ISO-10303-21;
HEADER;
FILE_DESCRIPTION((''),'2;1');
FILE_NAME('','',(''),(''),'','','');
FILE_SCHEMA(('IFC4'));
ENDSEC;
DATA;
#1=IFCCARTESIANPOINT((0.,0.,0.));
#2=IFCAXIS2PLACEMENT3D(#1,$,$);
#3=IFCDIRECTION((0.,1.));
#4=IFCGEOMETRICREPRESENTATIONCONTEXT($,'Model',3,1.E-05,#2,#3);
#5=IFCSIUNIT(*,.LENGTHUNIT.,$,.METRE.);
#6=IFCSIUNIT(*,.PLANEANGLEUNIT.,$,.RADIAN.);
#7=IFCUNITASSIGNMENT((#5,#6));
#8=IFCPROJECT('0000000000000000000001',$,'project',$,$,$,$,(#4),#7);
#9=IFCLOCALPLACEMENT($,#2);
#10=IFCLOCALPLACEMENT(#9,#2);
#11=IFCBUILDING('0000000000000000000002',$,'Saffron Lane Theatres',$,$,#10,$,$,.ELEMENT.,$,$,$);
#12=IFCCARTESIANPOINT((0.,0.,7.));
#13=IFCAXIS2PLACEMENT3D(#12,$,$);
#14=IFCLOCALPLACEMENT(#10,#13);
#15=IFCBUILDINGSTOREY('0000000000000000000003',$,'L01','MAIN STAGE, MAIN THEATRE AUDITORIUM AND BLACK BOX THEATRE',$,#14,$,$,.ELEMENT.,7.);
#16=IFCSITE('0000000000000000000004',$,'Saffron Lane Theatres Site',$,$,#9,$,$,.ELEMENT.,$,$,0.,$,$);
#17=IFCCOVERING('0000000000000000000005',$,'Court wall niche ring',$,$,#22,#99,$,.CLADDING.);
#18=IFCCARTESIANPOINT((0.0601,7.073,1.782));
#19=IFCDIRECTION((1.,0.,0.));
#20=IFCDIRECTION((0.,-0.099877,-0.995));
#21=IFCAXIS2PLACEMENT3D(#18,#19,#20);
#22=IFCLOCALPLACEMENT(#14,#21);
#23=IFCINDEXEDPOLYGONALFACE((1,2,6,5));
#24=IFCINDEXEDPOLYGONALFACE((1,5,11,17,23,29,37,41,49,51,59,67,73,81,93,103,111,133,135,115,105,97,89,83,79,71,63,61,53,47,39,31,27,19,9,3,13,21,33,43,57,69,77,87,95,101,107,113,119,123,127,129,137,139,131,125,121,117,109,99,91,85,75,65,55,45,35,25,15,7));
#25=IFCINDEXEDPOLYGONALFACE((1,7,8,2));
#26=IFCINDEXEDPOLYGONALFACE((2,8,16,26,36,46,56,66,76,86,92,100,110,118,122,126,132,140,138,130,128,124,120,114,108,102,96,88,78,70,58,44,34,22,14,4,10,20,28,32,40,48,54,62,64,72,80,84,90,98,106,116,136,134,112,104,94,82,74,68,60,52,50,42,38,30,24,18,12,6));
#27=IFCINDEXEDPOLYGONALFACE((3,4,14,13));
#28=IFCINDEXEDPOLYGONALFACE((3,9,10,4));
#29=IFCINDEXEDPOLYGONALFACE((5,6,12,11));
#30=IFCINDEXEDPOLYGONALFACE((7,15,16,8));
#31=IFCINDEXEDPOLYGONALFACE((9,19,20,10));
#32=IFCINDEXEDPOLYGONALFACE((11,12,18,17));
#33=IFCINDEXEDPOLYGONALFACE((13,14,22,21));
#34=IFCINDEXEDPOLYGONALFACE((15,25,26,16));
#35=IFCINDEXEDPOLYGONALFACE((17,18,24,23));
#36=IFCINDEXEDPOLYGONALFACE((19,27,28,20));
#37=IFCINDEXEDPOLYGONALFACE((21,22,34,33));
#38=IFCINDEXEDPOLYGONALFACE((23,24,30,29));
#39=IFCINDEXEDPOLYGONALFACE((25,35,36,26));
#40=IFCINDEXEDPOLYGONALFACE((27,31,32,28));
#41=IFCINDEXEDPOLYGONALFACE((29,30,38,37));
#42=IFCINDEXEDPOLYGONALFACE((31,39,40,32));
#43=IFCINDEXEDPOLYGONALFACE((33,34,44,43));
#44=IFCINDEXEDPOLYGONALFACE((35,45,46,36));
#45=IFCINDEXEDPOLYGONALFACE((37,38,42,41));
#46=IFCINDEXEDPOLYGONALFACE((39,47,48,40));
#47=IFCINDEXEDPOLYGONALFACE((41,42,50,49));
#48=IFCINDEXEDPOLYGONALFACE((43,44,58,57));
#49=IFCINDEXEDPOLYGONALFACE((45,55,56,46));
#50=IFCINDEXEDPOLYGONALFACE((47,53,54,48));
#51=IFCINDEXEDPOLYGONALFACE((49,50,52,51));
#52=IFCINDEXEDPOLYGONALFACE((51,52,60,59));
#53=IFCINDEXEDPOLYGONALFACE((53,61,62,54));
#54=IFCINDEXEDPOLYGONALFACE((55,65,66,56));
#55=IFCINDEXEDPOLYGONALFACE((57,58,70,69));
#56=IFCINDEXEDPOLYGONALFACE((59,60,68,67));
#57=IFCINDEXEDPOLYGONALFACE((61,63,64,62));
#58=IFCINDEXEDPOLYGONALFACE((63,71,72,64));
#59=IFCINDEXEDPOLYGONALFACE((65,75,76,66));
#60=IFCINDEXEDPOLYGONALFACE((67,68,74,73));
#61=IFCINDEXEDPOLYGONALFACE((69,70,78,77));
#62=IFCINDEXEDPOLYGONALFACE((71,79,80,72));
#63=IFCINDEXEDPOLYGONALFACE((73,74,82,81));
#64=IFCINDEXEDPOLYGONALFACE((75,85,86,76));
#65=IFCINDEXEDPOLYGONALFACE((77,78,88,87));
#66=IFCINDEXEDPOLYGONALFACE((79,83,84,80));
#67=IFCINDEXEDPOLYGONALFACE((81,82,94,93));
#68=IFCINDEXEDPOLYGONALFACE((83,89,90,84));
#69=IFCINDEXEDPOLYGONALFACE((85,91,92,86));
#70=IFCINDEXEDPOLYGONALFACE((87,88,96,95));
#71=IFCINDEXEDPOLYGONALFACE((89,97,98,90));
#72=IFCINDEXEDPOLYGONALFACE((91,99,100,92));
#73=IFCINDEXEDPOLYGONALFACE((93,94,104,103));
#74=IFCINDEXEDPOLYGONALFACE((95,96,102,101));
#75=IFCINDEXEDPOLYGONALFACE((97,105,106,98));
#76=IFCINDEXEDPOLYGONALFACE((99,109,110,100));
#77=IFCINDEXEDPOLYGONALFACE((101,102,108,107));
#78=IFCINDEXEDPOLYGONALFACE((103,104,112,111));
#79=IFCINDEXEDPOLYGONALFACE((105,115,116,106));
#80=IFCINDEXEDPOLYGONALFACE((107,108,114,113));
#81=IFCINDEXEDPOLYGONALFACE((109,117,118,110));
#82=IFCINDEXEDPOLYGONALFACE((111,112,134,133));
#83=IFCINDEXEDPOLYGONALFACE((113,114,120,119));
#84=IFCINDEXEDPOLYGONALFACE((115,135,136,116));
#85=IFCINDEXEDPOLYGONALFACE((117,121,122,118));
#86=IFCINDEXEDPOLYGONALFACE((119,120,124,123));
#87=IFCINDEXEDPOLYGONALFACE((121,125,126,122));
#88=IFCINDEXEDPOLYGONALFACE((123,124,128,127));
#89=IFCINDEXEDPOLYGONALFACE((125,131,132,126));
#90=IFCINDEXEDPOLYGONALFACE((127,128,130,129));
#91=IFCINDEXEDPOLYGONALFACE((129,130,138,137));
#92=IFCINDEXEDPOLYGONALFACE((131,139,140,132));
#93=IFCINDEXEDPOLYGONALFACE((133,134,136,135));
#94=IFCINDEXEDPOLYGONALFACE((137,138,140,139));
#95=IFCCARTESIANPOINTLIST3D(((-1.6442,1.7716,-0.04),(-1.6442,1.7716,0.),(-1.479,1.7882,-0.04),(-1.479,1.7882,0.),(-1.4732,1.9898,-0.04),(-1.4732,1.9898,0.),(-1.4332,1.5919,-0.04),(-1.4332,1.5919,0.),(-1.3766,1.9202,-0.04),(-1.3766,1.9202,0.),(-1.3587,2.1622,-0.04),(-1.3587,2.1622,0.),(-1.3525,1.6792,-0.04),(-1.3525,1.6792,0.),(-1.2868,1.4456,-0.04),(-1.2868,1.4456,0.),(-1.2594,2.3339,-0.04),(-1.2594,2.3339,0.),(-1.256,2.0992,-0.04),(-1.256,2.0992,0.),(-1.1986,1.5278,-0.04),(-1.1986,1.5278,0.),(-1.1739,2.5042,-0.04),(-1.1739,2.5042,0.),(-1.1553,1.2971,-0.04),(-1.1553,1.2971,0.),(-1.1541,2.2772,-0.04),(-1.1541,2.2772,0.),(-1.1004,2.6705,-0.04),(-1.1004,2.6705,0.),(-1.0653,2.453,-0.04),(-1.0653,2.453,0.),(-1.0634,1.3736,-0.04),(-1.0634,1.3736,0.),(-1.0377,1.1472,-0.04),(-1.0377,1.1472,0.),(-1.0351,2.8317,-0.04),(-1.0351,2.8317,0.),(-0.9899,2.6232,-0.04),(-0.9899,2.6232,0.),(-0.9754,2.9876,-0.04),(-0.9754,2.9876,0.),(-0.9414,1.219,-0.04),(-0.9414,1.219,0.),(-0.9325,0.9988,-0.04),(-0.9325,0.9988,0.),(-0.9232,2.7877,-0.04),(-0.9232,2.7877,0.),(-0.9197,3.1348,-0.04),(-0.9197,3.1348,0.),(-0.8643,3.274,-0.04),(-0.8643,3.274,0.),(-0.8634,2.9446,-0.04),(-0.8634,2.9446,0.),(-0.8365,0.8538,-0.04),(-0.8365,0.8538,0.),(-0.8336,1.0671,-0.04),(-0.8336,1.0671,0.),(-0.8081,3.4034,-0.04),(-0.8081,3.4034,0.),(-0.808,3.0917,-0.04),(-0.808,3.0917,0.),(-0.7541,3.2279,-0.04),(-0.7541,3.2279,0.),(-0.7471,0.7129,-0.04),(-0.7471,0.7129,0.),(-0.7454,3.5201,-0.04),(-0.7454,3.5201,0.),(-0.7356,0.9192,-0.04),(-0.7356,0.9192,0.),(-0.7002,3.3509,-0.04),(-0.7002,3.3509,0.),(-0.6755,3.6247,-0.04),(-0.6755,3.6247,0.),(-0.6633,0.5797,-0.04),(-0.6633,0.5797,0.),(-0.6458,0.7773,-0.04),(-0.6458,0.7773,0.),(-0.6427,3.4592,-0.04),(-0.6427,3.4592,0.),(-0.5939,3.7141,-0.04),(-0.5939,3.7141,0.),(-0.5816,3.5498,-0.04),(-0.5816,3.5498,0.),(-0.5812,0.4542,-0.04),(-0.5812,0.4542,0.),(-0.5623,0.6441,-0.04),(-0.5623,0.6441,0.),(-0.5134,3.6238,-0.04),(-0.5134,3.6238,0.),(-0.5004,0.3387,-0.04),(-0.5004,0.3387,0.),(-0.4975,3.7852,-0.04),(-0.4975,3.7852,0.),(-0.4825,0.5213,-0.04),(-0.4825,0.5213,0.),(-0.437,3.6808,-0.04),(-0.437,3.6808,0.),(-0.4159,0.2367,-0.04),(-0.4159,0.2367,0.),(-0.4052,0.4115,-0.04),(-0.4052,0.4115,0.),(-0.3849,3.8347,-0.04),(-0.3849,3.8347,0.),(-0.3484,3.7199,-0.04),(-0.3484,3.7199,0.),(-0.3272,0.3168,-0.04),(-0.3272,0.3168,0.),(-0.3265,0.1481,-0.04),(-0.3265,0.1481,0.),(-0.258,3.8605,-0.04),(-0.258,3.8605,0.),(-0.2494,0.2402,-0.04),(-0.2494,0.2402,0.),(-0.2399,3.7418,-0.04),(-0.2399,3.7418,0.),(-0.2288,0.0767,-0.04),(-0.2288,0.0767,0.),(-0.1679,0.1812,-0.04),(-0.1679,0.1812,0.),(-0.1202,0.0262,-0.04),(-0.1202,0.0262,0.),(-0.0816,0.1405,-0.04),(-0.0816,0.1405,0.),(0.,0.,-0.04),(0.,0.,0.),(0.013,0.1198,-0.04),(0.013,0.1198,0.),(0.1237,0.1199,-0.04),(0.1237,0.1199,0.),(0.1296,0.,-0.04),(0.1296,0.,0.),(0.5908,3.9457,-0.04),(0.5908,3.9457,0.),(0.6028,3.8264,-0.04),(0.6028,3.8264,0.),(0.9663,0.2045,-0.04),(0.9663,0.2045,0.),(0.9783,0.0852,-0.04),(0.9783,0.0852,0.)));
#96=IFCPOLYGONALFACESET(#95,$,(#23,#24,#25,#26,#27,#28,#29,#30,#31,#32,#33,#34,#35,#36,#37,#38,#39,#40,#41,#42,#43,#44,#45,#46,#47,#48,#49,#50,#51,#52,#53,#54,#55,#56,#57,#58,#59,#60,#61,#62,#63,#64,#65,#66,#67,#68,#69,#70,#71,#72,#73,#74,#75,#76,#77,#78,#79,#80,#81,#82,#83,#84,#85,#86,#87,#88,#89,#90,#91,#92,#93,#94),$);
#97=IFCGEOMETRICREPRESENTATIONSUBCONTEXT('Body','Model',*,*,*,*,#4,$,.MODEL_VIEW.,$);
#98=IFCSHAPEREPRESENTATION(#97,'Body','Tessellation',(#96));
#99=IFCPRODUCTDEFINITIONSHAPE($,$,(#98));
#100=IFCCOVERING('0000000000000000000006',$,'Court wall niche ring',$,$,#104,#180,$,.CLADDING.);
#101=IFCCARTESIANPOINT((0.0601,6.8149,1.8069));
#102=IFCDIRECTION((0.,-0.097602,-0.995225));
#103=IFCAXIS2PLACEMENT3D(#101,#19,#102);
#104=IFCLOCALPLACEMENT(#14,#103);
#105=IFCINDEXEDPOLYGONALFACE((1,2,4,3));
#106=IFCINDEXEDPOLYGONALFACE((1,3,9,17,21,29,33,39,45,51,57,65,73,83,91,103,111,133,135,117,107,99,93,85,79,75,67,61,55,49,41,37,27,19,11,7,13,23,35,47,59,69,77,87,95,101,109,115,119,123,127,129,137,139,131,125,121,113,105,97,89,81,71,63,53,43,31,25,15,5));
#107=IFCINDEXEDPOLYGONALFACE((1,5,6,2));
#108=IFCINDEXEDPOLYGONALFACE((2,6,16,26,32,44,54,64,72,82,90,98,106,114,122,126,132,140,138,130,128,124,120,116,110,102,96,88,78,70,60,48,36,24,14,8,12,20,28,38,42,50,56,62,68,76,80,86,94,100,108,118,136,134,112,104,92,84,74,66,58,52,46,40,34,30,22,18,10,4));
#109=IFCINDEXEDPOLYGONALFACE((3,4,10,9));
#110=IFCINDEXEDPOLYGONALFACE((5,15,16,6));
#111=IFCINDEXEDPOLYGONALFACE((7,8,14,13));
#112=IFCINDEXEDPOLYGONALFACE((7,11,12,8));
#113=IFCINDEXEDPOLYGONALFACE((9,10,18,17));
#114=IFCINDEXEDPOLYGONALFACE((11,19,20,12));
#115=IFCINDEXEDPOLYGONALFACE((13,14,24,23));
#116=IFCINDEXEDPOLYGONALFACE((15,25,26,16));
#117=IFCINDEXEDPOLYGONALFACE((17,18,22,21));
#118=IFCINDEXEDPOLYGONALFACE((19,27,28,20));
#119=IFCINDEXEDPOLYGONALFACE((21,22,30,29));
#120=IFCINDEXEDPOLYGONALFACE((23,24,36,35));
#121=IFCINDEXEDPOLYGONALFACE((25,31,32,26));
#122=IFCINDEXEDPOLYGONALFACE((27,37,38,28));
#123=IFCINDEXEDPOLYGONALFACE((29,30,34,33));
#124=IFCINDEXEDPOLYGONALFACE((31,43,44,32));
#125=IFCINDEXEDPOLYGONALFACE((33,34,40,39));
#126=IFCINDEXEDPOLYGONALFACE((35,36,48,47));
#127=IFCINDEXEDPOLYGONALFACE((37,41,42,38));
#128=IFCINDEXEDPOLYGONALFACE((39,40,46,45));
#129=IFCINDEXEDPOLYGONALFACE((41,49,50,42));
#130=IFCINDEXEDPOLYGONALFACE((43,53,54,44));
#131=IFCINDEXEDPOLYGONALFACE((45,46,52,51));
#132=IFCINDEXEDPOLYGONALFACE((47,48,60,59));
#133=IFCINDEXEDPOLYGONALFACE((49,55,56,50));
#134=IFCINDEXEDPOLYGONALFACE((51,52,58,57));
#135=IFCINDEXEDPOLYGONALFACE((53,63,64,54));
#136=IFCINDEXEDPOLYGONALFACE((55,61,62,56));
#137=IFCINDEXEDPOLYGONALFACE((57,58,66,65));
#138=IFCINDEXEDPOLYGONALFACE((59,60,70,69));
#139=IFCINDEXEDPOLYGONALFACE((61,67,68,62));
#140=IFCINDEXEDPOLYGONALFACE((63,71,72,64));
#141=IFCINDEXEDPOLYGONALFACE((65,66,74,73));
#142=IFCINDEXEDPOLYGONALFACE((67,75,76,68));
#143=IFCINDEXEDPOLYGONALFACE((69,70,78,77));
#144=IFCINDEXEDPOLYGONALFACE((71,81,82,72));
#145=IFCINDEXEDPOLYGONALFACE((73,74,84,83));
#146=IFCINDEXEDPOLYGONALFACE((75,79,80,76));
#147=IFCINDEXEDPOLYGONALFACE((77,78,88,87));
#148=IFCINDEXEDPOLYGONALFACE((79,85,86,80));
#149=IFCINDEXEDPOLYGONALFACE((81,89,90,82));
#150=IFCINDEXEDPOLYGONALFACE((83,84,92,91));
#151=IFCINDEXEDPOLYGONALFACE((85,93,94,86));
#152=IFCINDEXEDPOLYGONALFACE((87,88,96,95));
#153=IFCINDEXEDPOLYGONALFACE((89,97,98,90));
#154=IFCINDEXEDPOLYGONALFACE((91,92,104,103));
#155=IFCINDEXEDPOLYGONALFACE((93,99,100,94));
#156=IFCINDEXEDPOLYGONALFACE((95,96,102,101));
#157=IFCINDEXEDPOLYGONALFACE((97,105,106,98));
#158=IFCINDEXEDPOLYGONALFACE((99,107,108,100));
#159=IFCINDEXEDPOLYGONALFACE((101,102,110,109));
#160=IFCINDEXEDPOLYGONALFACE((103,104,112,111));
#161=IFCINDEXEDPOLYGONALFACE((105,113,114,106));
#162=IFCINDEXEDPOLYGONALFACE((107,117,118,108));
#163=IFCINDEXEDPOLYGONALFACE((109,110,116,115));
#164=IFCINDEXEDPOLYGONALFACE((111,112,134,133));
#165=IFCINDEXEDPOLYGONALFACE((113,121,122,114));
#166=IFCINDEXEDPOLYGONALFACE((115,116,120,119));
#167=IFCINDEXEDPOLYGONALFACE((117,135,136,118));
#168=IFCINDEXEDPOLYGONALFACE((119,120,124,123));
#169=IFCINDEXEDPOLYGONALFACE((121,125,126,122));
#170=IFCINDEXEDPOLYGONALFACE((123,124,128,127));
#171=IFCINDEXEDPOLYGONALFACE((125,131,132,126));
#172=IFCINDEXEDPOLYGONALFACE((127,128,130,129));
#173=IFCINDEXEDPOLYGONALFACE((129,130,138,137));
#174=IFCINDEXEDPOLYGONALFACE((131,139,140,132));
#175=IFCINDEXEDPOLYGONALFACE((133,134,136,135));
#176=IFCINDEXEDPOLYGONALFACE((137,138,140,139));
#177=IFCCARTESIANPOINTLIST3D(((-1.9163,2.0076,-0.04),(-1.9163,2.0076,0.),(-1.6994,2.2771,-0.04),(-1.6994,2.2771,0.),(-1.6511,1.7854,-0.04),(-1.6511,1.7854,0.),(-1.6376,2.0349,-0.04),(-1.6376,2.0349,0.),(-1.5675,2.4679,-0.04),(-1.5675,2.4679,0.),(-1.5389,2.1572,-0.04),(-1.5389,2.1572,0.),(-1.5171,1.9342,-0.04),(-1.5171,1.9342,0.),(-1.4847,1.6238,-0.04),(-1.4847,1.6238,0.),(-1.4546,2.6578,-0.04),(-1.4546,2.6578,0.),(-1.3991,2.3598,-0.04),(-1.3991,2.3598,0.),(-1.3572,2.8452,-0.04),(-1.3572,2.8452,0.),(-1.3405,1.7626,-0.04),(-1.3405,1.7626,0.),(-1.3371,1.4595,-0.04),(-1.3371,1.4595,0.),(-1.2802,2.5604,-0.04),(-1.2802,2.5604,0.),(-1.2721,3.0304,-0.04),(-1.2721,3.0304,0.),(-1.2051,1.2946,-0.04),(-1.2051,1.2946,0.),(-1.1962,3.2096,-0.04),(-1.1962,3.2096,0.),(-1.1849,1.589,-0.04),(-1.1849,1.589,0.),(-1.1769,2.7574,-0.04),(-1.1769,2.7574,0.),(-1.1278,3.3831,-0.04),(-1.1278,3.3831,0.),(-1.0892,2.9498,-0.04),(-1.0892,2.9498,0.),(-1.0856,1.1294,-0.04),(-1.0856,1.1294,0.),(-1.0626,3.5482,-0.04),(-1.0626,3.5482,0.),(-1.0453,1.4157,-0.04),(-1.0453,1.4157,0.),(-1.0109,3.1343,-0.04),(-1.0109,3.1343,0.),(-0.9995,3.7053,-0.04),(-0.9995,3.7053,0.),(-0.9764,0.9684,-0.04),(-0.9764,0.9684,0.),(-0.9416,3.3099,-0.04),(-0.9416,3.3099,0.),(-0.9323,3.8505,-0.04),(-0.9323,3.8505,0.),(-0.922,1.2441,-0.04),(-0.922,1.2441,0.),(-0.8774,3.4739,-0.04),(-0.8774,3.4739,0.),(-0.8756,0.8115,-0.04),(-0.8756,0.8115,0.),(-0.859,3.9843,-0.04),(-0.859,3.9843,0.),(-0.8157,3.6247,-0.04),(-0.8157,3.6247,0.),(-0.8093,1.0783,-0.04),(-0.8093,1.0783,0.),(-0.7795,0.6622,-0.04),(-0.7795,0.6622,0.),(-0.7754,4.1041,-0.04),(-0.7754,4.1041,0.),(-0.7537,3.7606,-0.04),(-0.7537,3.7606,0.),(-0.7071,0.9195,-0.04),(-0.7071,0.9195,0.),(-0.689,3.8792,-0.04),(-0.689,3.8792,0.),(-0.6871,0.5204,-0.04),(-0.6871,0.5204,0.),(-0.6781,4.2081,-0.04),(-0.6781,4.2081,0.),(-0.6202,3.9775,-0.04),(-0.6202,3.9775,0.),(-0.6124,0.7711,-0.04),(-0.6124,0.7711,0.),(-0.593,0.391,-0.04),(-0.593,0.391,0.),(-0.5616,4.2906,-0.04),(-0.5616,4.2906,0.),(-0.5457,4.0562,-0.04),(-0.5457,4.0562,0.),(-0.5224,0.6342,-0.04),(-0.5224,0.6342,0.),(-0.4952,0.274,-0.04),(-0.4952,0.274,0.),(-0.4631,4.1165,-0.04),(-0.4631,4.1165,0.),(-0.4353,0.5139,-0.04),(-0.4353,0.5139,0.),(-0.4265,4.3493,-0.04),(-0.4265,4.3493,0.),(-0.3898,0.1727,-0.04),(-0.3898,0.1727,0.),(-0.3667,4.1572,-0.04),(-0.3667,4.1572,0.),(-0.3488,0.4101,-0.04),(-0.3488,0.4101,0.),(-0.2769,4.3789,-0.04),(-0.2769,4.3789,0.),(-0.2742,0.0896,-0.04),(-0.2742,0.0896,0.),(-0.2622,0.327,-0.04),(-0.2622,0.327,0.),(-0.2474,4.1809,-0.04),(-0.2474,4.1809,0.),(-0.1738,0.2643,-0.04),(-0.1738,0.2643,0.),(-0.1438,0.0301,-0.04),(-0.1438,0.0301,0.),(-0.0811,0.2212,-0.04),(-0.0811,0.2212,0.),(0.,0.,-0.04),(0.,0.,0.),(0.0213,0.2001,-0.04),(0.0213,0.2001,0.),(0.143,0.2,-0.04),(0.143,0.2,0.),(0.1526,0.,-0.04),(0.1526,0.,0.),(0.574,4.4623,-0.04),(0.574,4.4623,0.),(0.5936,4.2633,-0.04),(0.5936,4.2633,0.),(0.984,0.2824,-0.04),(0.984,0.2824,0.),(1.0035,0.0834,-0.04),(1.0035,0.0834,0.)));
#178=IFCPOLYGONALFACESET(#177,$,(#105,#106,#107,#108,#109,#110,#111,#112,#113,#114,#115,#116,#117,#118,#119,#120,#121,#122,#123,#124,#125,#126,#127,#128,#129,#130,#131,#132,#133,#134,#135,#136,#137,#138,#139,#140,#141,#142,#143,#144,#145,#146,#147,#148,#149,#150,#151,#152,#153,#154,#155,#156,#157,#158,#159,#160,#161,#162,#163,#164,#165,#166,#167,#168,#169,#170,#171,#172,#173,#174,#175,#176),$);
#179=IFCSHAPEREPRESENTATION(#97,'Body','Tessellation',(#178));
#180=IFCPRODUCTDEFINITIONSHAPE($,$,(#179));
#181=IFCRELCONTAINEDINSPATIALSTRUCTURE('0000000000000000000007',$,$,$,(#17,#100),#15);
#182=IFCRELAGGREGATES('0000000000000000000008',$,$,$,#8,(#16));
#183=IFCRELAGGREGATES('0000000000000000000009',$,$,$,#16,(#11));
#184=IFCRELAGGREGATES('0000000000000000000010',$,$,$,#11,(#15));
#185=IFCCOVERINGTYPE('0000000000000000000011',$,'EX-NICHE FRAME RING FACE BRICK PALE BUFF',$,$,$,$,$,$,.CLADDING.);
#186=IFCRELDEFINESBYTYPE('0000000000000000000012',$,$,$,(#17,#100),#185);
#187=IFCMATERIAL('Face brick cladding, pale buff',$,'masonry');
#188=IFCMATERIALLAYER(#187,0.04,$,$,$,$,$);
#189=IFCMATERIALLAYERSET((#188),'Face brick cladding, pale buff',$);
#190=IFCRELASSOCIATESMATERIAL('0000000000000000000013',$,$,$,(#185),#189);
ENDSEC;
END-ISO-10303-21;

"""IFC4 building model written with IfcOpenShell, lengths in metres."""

from ifc_helpers import new_model, si_unit, direction, frame, origin, place, context, subcontext, project, spatial, polyline, outline, extrude, material, layer, layer_set, type_object, element, save


model = new_model("IFC4")

# Units and contexts
model_context = context("Model", 3, precision=1e-05, world=origin(), true_north=direction((0.0, 1.0)))
body_context = subcontext(model_context, "Body", "Model", "MODEL_VIEW")
ifc_project = project(units=[si_unit("LENGTHUNIT", "METRE"), si_unit("PLANEANGLEUNIT", "RADIAN")], contexts=[model_context])

# Site, building, storey
site_placement = place(None, origin())
site = spatial("IfcSite", under=ifc_project, at=site_placement, Name="Saffron Lane Theatres Site", CompositionType="ELEMENT", RefElevation=0.0)
building_placement = place(site_placement, origin())
building = spatial("IfcBuilding", under=site, at=building_placement, Name="Saffron Lane Theatres", CompositionType="ELEMENT")
storey_placement = place(building_placement, frame((0.0, 0.0, 7.0)))
storey = spatial("IfcBuildingStorey", under=building, at=storey_placement, Name="L01", Description="MAIN STAGE, MAIN THEATRE AUDITORIUM AND BLACK BOX THEATRE", CompositionType="ELEMENT", Elevation=7.0)

# Coverings
ifc_material_1 = material(Name="Face brick cladding, pale buff", Category="masonry")
ifc_layer_1 = layer(ifc_material_1, 0.04)
ifc_layer_set_1 = layer_set([ifc_layer_1], Name="Face brick cladding, pale buff")
covering_type_1 = type_object("IfcCoveringType", Name="EX-NICHE FRAME RING FACE BRICK PALE BUFF", PredefinedType="CLADDING", material=ifc_layer_set_1)
covering_1_placement = place(storey_placement, frame((0.0601, 7.073, 1.782), z_axis=(1.0, 0.0, 0.0), x_axis=(0.0, -0.099877, -0.995)))
element("IfcCovering", 1, at=covering_1_placement, inside=storey, type_object=covering_type_1, Name="Court wall niche ring", PredefinedType="CLADDING", context=body_context, shape_type="SweptSolid", body=[
    extrude(outline(polyline([(0.0, 0.0), (0.1296, 0.0), (0.9783, 0.0852), (0.9663, 0.2045), (0.1237, 0.1199), (0.013, 0.1198), (-0.0816, 0.1405), (-0.1679, 0.1812), (-0.2494, 0.2402), (-0.3272, 0.3168), (-0.4052, 0.4115), (-0.4825, 0.5213), (-0.5623, 0.6441), (-0.6458, 0.7773), (-0.7356, 0.9192), (-0.8336, 1.0671), (-0.9414, 1.219), (-1.0634, 1.3736), (-1.1986, 1.5278), (-1.3525, 1.6792), (-1.479, 1.7882), (-1.3766, 1.9202), (-1.256, 2.0992), (-1.1541, 2.2772), (-1.0653, 2.453), (-0.9899, 2.6232), (-0.9232, 2.7877), (-0.8634, 2.9446), (-0.808, 3.0917), (-0.7541, 3.2279), (-0.7002, 3.3509), (-0.6427, 3.4592), (-0.5816, 3.5498), (-0.5134, 3.6238), (-0.437, 3.6808), (-0.3484, 3.7199), (-0.2399, 3.7418), (0.6028, 3.8264), (0.5908, 3.9457), (-0.258, 3.8605), (-0.3849, 3.8347), (-0.4975, 3.7852), (-0.5939, 3.7141), (-0.6755, 3.6247), (-0.7454, 3.5201), (-0.8081, 3.4034), (-0.8643, 3.274), (-0.9197, 3.1348), (-0.9754, 2.9876), (-1.0351, 2.8317), (-1.1004, 2.6705), (-1.1739, 2.5042), (-1.2594, 2.3339), (-1.3587, 2.1622), (-1.4732, 1.9898), (-1.6442, 1.7716), (-1.4332, 1.5919), (-1.2868, 1.4456), (-1.1553, 1.2971), (-1.0377, 1.1472), (-0.9325, 0.9988), (-0.8365, 0.8538), (-0.7471, 0.7129), (-0.6633, 0.5797), (-0.5812, 0.4542), (-0.5004, 0.3387), (-0.4159, 0.2367), (-0.3265, 0.1481), (-0.2288, 0.0767), (-0.1202, 0.0262), (0.0, 0.0)])), origin(), (0.0, 0.0, -1.0), 0.04),
])
covering_2_placement = place(storey_placement, frame((0.0601, 6.8149, 1.8069), z_axis=(1.0, 0.0, 0.0), x_axis=(0.0, -0.097602, -0.995225)))
element("IfcCovering", 2, at=covering_2_placement, inside=storey, type_object=covering_type_1, Name="Court wall niche ring", PredefinedType="CLADDING", context=body_context, shape_type="SweptSolid", body=[
    extrude(outline(polyline([(0.0, 0.0), (0.1526, 0.0), (1.0035, 0.0834), (0.984, 0.2824), (0.143, 0.2), (0.0213, 0.2001), (-0.0811, 0.2212), (-0.1738, 0.2643), (-0.2622, 0.327), (-0.3488, 0.4101), (-0.4353, 0.5139), (-0.5224, 0.6342), (-0.6124, 0.7711), (-0.7071, 0.9195), (-0.8093, 1.0783), (-0.922, 1.2441), (-1.0453, 1.4157), (-1.1849, 1.589), (-1.3405, 1.7626), (-1.5171, 1.9342), (-1.6376, 2.0349), (-1.5389, 2.1572), (-1.3991, 2.3598), (-1.2802, 2.5604), (-1.1769, 2.7574), (-1.0892, 2.9498), (-1.0109, 3.1343), (-0.9416, 3.3099), (-0.8774, 3.4739), (-0.8157, 3.6247), (-0.7537, 3.7606), (-0.689, 3.8792), (-0.6202, 3.9775), (-0.5457, 4.0562), (-0.4631, 4.1165), (-0.3667, 4.1572), (-0.2474, 4.1809), (0.5936, 4.2633), (0.574, 4.4623), (-0.2769, 4.3789), (-0.4265, 4.3493), (-0.5616, 4.2906), (-0.6781, 4.2081), (-0.7754, 4.1041), (-0.859, 3.9843), (-0.9323, 3.8505), (-0.9995, 3.7053), (-1.0626, 3.5482), (-1.1278, 3.3831), (-1.1962, 3.2096), (-1.2721, 3.0304), (-1.3572, 2.8452), (-1.4546, 2.6578), (-1.5675, 2.4679), (-1.6994, 2.2771), (-1.9163, 2.0076), (-1.6511, 1.7854), (-1.4847, 1.6238), (-1.3371, 1.4595), (-1.2051, 1.2946), (-1.0856, 1.1294), (-0.9764, 0.9684), (-0.8756, 0.8115), (-0.7795, 0.6622), (-0.6871, 0.5204), (-0.593, 0.391), (-0.4952, 0.274), (-0.3898, 0.1727), (-0.2742, 0.0896), (-0.1438, 0.0301), (0.0, 0.0)])), origin(), (0.0, 0.0, -1.0), 0.04),
])

save(model, "model.ifc")
